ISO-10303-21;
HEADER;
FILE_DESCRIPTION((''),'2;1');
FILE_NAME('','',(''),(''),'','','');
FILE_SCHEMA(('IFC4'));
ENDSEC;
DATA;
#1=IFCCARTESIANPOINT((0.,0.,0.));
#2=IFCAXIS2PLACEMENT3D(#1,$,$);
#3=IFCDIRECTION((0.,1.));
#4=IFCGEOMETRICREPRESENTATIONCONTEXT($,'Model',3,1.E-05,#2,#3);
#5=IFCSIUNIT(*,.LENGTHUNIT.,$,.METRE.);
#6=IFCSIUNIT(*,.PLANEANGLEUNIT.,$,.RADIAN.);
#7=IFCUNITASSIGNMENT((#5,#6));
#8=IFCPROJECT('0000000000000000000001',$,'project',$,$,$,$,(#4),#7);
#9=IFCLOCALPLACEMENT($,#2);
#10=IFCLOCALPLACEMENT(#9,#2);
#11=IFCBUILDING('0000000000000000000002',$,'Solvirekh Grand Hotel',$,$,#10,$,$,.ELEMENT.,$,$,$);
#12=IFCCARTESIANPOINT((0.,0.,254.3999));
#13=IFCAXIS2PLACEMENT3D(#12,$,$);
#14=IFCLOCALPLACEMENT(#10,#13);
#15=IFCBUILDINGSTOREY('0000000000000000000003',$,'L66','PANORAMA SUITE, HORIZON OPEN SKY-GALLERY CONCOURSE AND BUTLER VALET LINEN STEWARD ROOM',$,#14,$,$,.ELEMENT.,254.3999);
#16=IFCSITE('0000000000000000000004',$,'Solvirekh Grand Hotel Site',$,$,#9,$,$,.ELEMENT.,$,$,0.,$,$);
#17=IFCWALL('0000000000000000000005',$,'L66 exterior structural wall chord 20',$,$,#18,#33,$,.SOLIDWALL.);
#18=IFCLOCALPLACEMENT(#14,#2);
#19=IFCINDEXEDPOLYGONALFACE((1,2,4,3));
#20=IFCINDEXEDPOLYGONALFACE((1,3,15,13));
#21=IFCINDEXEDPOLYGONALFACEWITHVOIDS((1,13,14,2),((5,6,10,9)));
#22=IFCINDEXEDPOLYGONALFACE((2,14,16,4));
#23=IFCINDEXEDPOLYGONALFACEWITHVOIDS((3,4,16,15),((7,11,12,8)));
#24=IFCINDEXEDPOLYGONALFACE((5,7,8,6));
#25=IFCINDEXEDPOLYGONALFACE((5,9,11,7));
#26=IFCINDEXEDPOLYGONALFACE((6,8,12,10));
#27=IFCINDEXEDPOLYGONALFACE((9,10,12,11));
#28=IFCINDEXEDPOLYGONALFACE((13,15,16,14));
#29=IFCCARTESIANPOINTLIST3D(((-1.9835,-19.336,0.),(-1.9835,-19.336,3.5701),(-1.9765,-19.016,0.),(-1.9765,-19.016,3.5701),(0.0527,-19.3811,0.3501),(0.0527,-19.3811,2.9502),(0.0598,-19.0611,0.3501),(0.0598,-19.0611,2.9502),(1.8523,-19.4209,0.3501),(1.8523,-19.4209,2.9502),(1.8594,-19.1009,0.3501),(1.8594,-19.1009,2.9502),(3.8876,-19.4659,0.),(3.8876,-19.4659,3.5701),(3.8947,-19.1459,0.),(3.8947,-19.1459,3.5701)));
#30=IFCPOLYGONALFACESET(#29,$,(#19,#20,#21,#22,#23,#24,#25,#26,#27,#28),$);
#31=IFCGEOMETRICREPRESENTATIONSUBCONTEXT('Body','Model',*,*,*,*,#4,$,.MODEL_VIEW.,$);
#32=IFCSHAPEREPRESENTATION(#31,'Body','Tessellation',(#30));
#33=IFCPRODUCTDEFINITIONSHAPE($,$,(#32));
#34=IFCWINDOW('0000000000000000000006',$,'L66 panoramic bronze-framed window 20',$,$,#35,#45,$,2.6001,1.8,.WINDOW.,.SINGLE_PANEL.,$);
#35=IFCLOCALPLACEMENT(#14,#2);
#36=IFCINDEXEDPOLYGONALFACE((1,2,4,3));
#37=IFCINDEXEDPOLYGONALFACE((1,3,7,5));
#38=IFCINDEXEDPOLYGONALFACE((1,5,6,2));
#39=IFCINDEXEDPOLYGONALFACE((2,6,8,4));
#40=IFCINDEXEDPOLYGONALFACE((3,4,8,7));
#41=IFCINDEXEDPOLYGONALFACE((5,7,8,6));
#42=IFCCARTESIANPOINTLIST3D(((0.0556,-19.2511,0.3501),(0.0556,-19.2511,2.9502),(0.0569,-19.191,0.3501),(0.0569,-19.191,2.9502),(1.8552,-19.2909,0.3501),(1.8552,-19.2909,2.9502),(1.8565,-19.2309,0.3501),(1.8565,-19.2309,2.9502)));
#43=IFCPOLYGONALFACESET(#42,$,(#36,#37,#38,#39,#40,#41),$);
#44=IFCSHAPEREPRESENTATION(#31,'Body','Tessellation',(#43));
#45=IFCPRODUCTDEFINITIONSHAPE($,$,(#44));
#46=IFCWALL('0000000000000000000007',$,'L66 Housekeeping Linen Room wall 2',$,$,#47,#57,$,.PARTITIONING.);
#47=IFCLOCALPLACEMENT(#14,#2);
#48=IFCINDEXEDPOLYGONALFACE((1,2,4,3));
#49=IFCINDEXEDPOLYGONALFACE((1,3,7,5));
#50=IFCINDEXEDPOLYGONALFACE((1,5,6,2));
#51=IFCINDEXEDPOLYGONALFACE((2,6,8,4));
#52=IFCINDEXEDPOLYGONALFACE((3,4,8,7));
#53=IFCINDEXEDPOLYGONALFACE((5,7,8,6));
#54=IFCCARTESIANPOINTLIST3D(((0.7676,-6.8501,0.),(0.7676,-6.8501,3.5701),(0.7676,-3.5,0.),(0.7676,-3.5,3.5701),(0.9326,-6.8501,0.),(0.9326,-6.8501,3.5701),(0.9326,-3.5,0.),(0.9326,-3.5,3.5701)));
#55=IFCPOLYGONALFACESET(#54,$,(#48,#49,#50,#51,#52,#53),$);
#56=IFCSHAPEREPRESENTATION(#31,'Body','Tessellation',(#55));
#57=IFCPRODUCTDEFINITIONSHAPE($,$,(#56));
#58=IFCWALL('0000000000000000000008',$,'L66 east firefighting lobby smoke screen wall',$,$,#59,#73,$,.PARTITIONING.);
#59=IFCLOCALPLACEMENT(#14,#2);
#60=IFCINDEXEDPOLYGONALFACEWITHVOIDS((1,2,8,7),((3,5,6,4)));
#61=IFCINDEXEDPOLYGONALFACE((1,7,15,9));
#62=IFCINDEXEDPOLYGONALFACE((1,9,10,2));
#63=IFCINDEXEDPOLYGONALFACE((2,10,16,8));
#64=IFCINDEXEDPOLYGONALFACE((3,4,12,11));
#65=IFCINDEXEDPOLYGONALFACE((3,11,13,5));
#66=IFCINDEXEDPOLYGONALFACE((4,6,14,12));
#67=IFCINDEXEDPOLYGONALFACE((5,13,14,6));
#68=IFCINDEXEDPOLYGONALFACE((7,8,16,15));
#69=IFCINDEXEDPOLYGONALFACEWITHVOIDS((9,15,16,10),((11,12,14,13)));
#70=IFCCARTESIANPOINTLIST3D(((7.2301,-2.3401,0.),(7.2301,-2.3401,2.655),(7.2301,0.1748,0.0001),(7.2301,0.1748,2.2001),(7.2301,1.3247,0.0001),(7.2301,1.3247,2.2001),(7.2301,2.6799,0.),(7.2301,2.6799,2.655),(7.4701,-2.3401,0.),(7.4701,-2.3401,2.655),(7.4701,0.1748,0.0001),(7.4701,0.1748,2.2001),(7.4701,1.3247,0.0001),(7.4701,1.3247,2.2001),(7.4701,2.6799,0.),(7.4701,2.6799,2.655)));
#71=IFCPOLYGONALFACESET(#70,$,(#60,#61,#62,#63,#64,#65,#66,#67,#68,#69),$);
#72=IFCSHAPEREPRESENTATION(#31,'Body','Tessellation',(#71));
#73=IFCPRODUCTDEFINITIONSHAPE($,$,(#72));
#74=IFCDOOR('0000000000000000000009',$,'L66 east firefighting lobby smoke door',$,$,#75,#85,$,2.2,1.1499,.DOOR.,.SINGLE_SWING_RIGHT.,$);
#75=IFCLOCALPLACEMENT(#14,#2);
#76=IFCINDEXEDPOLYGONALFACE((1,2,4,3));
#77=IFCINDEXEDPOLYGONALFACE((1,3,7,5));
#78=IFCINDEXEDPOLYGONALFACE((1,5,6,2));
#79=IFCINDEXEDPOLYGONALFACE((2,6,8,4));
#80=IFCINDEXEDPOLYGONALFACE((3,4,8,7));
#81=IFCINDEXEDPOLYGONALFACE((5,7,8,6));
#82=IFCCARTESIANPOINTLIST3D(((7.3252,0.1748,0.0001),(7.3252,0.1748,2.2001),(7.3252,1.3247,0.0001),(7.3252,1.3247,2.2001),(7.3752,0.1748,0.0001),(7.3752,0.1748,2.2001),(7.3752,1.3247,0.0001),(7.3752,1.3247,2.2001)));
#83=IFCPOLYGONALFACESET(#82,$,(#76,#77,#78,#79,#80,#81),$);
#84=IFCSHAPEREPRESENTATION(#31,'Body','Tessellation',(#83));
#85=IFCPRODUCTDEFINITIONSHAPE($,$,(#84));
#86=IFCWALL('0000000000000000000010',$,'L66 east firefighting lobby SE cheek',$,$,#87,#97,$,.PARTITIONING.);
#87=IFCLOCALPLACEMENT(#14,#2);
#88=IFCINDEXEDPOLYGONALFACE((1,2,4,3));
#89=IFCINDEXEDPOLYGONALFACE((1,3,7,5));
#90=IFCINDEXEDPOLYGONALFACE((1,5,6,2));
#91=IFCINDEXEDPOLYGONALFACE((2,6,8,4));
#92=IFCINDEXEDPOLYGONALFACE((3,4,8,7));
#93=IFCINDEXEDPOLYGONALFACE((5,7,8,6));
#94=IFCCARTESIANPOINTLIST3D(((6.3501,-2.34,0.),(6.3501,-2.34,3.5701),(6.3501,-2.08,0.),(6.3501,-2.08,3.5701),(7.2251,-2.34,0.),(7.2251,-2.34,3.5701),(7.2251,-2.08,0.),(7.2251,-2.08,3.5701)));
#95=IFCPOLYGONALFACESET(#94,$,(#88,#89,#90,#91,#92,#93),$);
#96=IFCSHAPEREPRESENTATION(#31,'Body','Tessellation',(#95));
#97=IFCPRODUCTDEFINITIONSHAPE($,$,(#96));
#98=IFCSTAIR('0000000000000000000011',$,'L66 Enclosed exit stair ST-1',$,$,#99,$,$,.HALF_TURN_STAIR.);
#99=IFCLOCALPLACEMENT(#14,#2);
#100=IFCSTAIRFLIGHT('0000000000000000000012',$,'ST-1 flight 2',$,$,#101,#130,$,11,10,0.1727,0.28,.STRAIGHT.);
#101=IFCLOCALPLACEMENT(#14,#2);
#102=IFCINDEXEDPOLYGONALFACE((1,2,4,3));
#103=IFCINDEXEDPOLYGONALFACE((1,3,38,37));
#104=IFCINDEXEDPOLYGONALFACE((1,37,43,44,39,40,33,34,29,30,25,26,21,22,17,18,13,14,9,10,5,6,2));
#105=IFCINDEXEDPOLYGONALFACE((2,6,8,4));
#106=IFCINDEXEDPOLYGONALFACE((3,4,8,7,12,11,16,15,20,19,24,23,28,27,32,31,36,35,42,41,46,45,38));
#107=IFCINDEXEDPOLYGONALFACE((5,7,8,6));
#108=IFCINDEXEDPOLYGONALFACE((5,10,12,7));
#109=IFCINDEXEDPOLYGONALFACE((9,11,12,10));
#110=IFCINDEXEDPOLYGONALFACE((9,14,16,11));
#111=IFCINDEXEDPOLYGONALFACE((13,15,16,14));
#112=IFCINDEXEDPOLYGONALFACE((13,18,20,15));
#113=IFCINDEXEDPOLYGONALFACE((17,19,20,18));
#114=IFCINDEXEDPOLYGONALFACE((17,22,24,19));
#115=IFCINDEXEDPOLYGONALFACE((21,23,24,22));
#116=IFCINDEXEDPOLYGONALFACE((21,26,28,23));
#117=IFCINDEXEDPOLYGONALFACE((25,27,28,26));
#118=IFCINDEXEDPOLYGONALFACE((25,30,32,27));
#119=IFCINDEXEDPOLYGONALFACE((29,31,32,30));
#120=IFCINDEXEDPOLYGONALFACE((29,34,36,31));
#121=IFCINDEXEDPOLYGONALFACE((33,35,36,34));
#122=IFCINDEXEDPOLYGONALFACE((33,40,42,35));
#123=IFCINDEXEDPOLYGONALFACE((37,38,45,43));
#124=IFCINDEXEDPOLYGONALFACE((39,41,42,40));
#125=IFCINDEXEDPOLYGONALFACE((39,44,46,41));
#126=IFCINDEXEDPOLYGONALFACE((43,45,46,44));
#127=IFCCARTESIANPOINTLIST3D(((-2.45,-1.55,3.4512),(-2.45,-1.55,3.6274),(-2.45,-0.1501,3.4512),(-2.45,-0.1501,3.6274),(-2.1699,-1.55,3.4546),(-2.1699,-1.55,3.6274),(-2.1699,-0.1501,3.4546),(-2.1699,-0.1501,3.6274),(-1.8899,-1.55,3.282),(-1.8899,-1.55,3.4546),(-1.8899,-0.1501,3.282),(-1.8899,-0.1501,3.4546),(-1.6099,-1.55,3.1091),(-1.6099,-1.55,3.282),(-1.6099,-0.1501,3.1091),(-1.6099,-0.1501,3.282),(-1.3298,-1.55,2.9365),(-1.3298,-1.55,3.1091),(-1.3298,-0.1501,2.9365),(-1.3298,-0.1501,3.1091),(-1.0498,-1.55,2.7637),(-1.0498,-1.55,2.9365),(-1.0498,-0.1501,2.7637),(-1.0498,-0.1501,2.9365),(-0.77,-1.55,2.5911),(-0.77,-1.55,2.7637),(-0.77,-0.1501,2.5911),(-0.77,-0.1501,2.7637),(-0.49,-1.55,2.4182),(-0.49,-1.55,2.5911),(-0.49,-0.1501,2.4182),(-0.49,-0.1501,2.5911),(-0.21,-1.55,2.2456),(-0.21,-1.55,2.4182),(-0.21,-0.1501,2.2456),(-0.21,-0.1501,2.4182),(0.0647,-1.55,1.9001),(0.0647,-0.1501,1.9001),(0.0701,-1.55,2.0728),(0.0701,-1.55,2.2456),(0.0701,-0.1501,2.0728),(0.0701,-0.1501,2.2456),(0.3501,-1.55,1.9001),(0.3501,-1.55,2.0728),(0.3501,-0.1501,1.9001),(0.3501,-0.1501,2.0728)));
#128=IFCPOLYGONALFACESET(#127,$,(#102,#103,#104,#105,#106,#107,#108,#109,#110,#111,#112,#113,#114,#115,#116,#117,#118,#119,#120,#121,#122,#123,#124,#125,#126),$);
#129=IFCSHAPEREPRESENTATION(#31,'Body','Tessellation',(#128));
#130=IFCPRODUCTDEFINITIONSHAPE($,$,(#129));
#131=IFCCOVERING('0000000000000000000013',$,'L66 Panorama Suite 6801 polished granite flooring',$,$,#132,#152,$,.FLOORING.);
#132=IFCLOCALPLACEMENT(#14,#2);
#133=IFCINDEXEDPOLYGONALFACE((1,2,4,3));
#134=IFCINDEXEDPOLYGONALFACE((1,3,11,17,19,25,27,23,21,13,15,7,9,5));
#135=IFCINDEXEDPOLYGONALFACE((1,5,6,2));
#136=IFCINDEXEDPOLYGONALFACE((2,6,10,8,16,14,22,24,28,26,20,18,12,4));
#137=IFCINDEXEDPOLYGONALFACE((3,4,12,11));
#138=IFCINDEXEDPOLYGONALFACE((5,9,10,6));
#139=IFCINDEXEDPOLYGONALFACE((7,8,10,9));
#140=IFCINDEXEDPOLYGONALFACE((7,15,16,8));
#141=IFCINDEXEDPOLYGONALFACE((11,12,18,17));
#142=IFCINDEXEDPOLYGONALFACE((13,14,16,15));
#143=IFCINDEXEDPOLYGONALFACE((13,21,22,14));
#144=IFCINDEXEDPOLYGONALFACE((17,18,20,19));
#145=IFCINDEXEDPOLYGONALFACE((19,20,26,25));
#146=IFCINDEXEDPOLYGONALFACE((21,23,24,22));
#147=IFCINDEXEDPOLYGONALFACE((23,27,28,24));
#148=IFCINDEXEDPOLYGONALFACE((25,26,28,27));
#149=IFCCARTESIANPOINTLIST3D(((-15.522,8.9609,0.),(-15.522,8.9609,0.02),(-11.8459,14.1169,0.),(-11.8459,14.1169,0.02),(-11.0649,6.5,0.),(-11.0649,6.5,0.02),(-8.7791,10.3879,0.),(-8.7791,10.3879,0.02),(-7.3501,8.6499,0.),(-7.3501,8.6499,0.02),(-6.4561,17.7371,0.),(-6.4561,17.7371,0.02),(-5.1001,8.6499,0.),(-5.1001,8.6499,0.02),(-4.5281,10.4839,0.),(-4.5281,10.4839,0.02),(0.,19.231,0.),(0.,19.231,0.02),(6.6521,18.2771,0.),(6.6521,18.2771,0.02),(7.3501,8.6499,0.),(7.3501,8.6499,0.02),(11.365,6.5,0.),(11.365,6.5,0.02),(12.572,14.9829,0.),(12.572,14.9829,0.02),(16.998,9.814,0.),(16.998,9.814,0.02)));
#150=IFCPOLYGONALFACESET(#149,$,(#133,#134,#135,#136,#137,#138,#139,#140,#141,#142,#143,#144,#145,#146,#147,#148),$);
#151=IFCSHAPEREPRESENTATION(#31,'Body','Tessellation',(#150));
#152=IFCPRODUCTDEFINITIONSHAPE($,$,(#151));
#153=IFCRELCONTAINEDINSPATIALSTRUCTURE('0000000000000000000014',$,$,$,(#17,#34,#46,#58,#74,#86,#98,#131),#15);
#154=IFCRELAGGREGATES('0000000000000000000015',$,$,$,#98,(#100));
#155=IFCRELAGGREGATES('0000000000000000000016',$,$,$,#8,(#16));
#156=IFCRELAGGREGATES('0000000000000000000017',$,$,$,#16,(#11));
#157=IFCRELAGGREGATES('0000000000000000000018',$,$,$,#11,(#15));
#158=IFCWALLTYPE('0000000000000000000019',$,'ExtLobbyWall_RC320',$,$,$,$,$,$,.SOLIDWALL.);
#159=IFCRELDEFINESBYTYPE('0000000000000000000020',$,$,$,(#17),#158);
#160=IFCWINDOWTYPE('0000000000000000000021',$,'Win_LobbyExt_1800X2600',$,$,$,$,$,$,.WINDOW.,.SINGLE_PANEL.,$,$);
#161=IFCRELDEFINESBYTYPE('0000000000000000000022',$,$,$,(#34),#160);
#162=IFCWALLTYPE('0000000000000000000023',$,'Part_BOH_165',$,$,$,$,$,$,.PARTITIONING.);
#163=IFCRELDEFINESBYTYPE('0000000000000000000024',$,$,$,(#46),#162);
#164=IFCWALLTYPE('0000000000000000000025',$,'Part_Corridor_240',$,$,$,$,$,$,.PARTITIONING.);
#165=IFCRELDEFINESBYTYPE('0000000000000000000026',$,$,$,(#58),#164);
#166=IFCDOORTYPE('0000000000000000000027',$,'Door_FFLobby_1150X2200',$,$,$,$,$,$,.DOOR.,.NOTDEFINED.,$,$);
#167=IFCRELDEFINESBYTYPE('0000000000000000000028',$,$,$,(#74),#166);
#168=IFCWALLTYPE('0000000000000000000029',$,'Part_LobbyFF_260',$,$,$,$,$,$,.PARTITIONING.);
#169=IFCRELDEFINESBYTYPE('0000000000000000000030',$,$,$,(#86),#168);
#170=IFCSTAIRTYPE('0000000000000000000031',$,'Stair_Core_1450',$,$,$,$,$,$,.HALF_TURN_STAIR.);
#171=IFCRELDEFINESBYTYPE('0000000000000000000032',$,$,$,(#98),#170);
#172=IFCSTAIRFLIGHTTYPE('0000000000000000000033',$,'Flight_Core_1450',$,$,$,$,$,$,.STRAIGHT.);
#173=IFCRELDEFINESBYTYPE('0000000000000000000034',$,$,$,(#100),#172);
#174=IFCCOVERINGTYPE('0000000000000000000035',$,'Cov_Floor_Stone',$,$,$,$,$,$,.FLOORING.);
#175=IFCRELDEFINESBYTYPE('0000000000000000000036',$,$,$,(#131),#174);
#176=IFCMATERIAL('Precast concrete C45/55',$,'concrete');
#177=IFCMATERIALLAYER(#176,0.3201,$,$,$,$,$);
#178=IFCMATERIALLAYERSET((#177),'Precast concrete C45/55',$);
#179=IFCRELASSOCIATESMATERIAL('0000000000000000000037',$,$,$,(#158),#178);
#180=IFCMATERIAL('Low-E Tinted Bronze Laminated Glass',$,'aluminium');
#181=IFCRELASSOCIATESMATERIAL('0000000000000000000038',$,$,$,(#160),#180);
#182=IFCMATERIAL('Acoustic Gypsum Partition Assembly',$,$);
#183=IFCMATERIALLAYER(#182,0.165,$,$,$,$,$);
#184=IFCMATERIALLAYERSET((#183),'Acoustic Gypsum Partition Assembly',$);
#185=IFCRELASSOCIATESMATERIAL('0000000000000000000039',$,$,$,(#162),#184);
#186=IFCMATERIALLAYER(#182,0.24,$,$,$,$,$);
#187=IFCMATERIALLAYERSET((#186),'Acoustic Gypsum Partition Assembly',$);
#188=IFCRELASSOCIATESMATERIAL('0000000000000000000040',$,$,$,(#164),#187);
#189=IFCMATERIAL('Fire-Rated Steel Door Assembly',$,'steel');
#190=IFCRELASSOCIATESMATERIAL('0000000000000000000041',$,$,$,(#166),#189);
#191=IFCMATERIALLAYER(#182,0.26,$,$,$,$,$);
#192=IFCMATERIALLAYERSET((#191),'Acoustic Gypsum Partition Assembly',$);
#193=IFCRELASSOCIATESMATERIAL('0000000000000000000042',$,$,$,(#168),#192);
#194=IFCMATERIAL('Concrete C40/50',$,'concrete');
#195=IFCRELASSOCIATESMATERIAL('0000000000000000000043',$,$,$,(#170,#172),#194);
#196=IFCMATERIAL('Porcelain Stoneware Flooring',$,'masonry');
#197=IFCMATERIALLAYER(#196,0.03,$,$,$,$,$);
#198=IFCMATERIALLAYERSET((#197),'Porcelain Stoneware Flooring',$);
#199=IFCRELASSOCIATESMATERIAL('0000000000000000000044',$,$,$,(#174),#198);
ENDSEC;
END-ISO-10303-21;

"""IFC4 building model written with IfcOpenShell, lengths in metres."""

from ifc_helpers import new_model, si_unit, direction, frame, frame_2d, origin, place, context, subcontext, project, spatial, polyline, rectangle, outline, extrude, material, layer, layer_set, type_object, element, fill, aggregate, save


model = new_model("IFC4")

# Units and contexts
model_context = context("Model", 3, precision=1e-05, world=origin(), true_north=direction((0.0, 1.0)))
body_context = subcontext(model_context, "Body", "Model", "MODEL_VIEW")
ifc_project = project(units=[si_unit("LENGTHUNIT", "METRE"), si_unit("PLANEANGLEUNIT", "RADIAN")], contexts=[model_context])

# Site, building, storey
site_placement = place(None, origin())
site = spatial("IfcSite", under=ifc_project, at=site_placement, Name="Solvirekh Grand Hotel Site", CompositionType="ELEMENT", RefElevation=0.0)
building_placement = place(site_placement, origin())
building = spatial("IfcBuilding", under=site, at=building_placement, Name="Solvirekh Grand Hotel", CompositionType="ELEMENT")
storey_placement = place(building_placement, frame((0.0, 0.0, 254.3999)))
storey = spatial("IfcBuildingStorey", under=building, at=storey_placement, Name="L66", Description="PANORAMA SUITE, HORIZON OPEN SKY-GALLERY CONCOURSE AND BUTLER VALET LINEN STEWARD ROOM", CompositionType="ELEMENT", Elevation=254.3999)

# Shared definitions
ifc_material_1 = material(Name="Low-E Tinted Bronze Laminated Glass", Category="aluminium")

# Shared definitions
ifc_material_2 = material(Name="Concrete C40/50", Category="concrete")

# Shared definitions
ifc_material_3 = material(Name="Fire-Rated Steel Door Assembly", Category="steel")

# Wall, opening, window
ifc_material_4 = material(Name="Precast concrete C45/55", Category="concrete")
ifc_layer_1 = layer(ifc_material_4, 0.3201)
ifc_layer_set_1 = layer_set([ifc_layer_1], Name="Precast concrete C45/55")
wall_type_1 = type_object("IfcWallType", Name="ExtLobbyWall_RC320", PredefinedType="SOLIDWALL", material=ifc_layer_set_1)
wall_1_placement = place(storey_placement, frame((3.8911, -19.3059, 0.0), z_axis=(0.0, 0.0, 1.0), x_axis=(-0.999755, 0.022117, 0.0)))
wall_1 = element("IfcWall", 1, at=wall_1_placement, inside=storey, type_object=wall_type_1, Name="L66 exterior structural wall chord 20", PredefinedType="SOLIDWALL", context=body_context, shape_type="SweptSolid", body=[
    extrude(rectangle(XDim=5.8726, YDim=0.3201, at=frame_2d((2.9363, 0.0))), origin(), (0.0, 0.0, 1.0), 3.5701),
])
opening_1_placement = place(wall_1_placement, frame((2.0359, 0.0, 0.3501)))
opening_1 = element("IfcOpeningElement", 2, at=opening_1_placement, cuts=wall_1, PredefinedType="OPENING", context=body_context, shape_type="SweptSolid", body=[
    extrude(rectangle(XDim=1.8, YDim=2.6001, at=frame_2d((0.8999, 1.3))), frame((0.0, 0.1699, 0.0), z_axis=(0.0, -1.0, 0.0), x_axis=(1.0, 0.0, 0.0)), (0.0, 0.0, 1.0), 0.3401),
])
window_type = type_object("IfcWindowType", Name="Win_LobbyExt_1800X2600", PartitioningType="SINGLE_PANEL", PredefinedType="WINDOW", material=ifc_material_1)
window_placement = place(opening_1_placement, origin())
window = element("IfcWindow", 3, at=window_placement, inside=storey, type_object=window_type, Name="L66 panoramic bronze-framed window 20", OverallHeight=2.6001, OverallWidth=1.8, PartitioningType="SINGLE_PANEL", PredefinedType="WINDOW", context=body_context, shape_type="SweptSolid", body=[
    extrude(rectangle(XDim=1.8, YDim=2.6001, at=frame_2d((0.8999, 1.3))), frame((0.0, 0.03, 0.0), z_axis=(0.0, -1.0, 0.0), x_axis=(1.0, 0.0, 0.0)), (0.0, 0.0, 1.0), 0.0601),
])
fill(opening_1, window)

# Wall
ifc_material_5 = material(Name="Acoustic Gypsum Partition Assembly")
ifc_layer_2 = layer(ifc_material_5, 0.165)
ifc_layer_set_2 = layer_set([ifc_layer_2], Name="Acoustic Gypsum Partition Assembly")
wall_type_2 = type_object("IfcWallType", Name="Part_BOH_165", PredefinedType="PARTITIONING", material=ifc_layer_set_2)
wall_2_placement = place(storey_placement, frame((0.8501, -6.8501, 0.0), z_axis=(0.0, 0.0, 1.0), x_axis=(0.0, 1.0, 0.0)))
element("IfcWall", 4, at=wall_2_placement, inside=storey, type_object=wall_type_2, Name="L66 Housekeeping Linen Room wall 2", PredefinedType="PARTITIONING", context=body_context, shape_type="SweptSolid", body=[
    extrude(rectangle(XDim=3.3501, YDim=0.165, at=frame_2d((1.675, 0.0))), origin(), (0.0, 0.0, 1.0), 3.5701),
])

# Wall, opening, door
ifc_layer_3 = layer(ifc_material_5, 0.24)
ifc_layer_set_3 = layer_set([ifc_layer_3], Name="Acoustic Gypsum Partition Assembly")
wall_type_3 = type_object("IfcWallType", Name="Part_Corridor_240", PredefinedType="PARTITIONING", material=ifc_layer_set_3)
wall_3_placement = place(storey_placement, frame((7.3501, -2.3401, 0.0), z_axis=(0.0, 0.0, 1.0), x_axis=(0.0, 1.0, 0.0)))
wall_3 = element("IfcWall", 5, at=wall_3_placement, inside=storey, type_object=wall_type_3, Name="L66 east firefighting lobby smoke screen wall", PredefinedType="PARTITIONING", context=body_context, shape_type="SweptSolid", body=[
    extrude(rectangle(XDim=5.02, YDim=0.24, at=frame_2d((2.51, 0.0))), origin(), (0.0, 0.0, 1.0), 2.655),
])
opening_2_placement = place(wall_3_placement, frame((2.5149, 0.0, 0.0)))
opening_2 = element("IfcOpeningElement", 6, at=opening_2_placement, cuts=wall_3, PredefinedType="OPENING", context=body_context, shape_type="SweptSolid", body=[
    extrude(rectangle(XDim=1.1499, YDim=2.2, at=frame_2d((0.575, 1.1001))), frame((0.0, 0.1299, 0.0), z_axis=(0.0, -1.0, 0.0), x_axis=(1.0, 0.0, 0.0)), (0.0, 0.0, 1.0), 0.26),
])
door_type_1 = type_object("IfcDoorType", Name="Door_FFLobby_1150X2200", OperationType="NOTDEFINED", PredefinedType="DOOR", material=ifc_material_3)
door_1_placement = place(opening_2_placement, origin())
door_1 = element("IfcDoor", 7, at=door_1_placement, inside=storey, type_object=door_type_1, Name="L66 east firefighting lobby smoke door", OperationType="SINGLE_SWING_RIGHT", OverallHeight=2.2, OverallWidth=1.1499, PredefinedType="DOOR", context=body_context, shape_type="SweptSolid", body=[
    extrude(rectangle(XDim=1.1499, YDim=2.2, at=frame_2d((0.575, 1.1001))), frame((0.0, 0.0249, 0.0), z_axis=(0.0, -1.0, 0.0), x_axis=(1.0, 0.0, 0.0)), (0.0, 0.0, 1.0), 0.05),
])
fill(opening_2, door_1)

# Wall
ifc_layer_4 = layer(ifc_material_5, 0.26)
ifc_layer_set_4 = layer_set([ifc_layer_4], Name="Acoustic Gypsum Partition Assembly")
wall_type_4 = type_object("IfcWallType", Name="Part_LobbyFF_260", PredefinedType="PARTITIONING", material=ifc_layer_set_4)
wall_4_placement = place(storey_placement, frame((6.3501, -2.21, 0.0), z_axis=(0.0, 0.0, 1.0), x_axis=(1.0, 0.0, 0.0)))
element("IfcWall", 8, at=wall_4_placement, inside=storey, type_object=wall_type_4, Name="L66 east firefighting lobby SE cheek", PredefinedType="PARTITIONING", context=body_context, shape_type="SweptSolid", body=[
    extrude(rectangle(XDim=0.875, YDim=0.26, at=frame_2d((0.4375, 0.0))), origin(), (0.0, 0.0, 1.0), 3.5701),
])

# Stair, stair flight
stair_type = type_object("IfcStairType", Name="Stair_Core_1450", PredefinedType="HALF_TURN_STAIR", material=ifc_material_2)
stair_placement = place(storey_placement, origin())
stair = element("IfcStair", 9, at=stair_placement, inside=storey, type_object=stair_type, Name="L66 Enclosed exit stair ST-1", PredefinedType="HALF_TURN_STAIR")
stair_flight_type = type_object("IfcStairFlightType", Name="Flight_Core_1450", PredefinedType="STRAIGHT", material=ifc_material_2)
stair_flight_placement = place(storey_placement, frame((0.3501, -0.8501, 1.9001), z_axis=(0.0, 0.0, 1.0), x_axis=(-1.0, 0.0, 0.0)))
stair_flight = element("IfcStairFlight", 10, at=stair_flight_placement, type_object=stair_flight_type, Name="ST-1 flight 2", NumberOfRisers=11, NumberOfTreads=10, PredefinedType="STRAIGHT", RiserHeight=0.1727, TreadLength=0.28, context=body_context, shape_type="SweptSolid", body=[
    extrude(outline(polyline([(0.0, 0.0), (0.0, 0.1726), (0.28, 0.1726), (0.28, 0.3455), (0.5601, 0.3455), (0.5601, 0.5181), (0.8401, 0.5181), (0.8401, 0.6909), (1.1201, 0.6909), (1.1201, 0.8635), (1.3999, 0.8635), (1.3999, 1.0364), (1.6799, 1.0364), (1.6799, 1.209), (1.96, 1.209), (1.96, 1.3818), (2.24, 1.3818), (2.24, 1.5544), (2.52, 1.5544), (2.52, 1.7273), (2.8, 1.7273), (2.8, 1.8999), (2.8, 1.551), (0.2854, 0.0), (0.0, 0.0)])), frame((0.0, 0.7, 0.0), z_axis=(0.0, -1.0, 0.0), x_axis=(1.0, 0.0, 0.0)), (0.0, 0.0, 1.0), 1.3999),
])
aggregate(stair, [stair_flight])

# Covering
ifc_material_6 = material(Name="Porcelain Stoneware Flooring", Category="masonry")
ifc_layer_5 = layer(ifc_material_6, 0.03)
ifc_layer_set_5 = layer_set([ifc_layer_5], Name="Porcelain Stoneware Flooring")
covering_type = type_object("IfcCoveringType", Name="Cov_Floor_Stone", PredefinedType="FLOORING", material=ifc_layer_set_5)
covering_placement = place(storey_placement, origin())
element("IfcCovering", 11, at=covering_placement, inside=storey, type_object=covering_type, Name="L66 Panorama Suite 6801 polished granite flooring", PredefinedType="FLOORING", context=body_context, shape_type="SweptSolid", body=[
    extrude(outline(polyline([(-7.3501, 8.6499), (-8.7791, 10.3879), (-4.5281, 10.4839), (-5.1001, 8.6499), (7.3501, 8.6499), (11.365, 6.5), (16.998, 9.814), (12.572, 14.9829), (6.6521, 18.2771), (0.0, 19.231), (-6.4561, 17.7371), (-11.8459, 14.1169), (-15.522, 8.9609), (-11.0649, 6.5), (-7.3501, 8.6499)])), origin(), (0.0, 0.0, 1.0), 0.02),
])

save(model, "model.ifc")
